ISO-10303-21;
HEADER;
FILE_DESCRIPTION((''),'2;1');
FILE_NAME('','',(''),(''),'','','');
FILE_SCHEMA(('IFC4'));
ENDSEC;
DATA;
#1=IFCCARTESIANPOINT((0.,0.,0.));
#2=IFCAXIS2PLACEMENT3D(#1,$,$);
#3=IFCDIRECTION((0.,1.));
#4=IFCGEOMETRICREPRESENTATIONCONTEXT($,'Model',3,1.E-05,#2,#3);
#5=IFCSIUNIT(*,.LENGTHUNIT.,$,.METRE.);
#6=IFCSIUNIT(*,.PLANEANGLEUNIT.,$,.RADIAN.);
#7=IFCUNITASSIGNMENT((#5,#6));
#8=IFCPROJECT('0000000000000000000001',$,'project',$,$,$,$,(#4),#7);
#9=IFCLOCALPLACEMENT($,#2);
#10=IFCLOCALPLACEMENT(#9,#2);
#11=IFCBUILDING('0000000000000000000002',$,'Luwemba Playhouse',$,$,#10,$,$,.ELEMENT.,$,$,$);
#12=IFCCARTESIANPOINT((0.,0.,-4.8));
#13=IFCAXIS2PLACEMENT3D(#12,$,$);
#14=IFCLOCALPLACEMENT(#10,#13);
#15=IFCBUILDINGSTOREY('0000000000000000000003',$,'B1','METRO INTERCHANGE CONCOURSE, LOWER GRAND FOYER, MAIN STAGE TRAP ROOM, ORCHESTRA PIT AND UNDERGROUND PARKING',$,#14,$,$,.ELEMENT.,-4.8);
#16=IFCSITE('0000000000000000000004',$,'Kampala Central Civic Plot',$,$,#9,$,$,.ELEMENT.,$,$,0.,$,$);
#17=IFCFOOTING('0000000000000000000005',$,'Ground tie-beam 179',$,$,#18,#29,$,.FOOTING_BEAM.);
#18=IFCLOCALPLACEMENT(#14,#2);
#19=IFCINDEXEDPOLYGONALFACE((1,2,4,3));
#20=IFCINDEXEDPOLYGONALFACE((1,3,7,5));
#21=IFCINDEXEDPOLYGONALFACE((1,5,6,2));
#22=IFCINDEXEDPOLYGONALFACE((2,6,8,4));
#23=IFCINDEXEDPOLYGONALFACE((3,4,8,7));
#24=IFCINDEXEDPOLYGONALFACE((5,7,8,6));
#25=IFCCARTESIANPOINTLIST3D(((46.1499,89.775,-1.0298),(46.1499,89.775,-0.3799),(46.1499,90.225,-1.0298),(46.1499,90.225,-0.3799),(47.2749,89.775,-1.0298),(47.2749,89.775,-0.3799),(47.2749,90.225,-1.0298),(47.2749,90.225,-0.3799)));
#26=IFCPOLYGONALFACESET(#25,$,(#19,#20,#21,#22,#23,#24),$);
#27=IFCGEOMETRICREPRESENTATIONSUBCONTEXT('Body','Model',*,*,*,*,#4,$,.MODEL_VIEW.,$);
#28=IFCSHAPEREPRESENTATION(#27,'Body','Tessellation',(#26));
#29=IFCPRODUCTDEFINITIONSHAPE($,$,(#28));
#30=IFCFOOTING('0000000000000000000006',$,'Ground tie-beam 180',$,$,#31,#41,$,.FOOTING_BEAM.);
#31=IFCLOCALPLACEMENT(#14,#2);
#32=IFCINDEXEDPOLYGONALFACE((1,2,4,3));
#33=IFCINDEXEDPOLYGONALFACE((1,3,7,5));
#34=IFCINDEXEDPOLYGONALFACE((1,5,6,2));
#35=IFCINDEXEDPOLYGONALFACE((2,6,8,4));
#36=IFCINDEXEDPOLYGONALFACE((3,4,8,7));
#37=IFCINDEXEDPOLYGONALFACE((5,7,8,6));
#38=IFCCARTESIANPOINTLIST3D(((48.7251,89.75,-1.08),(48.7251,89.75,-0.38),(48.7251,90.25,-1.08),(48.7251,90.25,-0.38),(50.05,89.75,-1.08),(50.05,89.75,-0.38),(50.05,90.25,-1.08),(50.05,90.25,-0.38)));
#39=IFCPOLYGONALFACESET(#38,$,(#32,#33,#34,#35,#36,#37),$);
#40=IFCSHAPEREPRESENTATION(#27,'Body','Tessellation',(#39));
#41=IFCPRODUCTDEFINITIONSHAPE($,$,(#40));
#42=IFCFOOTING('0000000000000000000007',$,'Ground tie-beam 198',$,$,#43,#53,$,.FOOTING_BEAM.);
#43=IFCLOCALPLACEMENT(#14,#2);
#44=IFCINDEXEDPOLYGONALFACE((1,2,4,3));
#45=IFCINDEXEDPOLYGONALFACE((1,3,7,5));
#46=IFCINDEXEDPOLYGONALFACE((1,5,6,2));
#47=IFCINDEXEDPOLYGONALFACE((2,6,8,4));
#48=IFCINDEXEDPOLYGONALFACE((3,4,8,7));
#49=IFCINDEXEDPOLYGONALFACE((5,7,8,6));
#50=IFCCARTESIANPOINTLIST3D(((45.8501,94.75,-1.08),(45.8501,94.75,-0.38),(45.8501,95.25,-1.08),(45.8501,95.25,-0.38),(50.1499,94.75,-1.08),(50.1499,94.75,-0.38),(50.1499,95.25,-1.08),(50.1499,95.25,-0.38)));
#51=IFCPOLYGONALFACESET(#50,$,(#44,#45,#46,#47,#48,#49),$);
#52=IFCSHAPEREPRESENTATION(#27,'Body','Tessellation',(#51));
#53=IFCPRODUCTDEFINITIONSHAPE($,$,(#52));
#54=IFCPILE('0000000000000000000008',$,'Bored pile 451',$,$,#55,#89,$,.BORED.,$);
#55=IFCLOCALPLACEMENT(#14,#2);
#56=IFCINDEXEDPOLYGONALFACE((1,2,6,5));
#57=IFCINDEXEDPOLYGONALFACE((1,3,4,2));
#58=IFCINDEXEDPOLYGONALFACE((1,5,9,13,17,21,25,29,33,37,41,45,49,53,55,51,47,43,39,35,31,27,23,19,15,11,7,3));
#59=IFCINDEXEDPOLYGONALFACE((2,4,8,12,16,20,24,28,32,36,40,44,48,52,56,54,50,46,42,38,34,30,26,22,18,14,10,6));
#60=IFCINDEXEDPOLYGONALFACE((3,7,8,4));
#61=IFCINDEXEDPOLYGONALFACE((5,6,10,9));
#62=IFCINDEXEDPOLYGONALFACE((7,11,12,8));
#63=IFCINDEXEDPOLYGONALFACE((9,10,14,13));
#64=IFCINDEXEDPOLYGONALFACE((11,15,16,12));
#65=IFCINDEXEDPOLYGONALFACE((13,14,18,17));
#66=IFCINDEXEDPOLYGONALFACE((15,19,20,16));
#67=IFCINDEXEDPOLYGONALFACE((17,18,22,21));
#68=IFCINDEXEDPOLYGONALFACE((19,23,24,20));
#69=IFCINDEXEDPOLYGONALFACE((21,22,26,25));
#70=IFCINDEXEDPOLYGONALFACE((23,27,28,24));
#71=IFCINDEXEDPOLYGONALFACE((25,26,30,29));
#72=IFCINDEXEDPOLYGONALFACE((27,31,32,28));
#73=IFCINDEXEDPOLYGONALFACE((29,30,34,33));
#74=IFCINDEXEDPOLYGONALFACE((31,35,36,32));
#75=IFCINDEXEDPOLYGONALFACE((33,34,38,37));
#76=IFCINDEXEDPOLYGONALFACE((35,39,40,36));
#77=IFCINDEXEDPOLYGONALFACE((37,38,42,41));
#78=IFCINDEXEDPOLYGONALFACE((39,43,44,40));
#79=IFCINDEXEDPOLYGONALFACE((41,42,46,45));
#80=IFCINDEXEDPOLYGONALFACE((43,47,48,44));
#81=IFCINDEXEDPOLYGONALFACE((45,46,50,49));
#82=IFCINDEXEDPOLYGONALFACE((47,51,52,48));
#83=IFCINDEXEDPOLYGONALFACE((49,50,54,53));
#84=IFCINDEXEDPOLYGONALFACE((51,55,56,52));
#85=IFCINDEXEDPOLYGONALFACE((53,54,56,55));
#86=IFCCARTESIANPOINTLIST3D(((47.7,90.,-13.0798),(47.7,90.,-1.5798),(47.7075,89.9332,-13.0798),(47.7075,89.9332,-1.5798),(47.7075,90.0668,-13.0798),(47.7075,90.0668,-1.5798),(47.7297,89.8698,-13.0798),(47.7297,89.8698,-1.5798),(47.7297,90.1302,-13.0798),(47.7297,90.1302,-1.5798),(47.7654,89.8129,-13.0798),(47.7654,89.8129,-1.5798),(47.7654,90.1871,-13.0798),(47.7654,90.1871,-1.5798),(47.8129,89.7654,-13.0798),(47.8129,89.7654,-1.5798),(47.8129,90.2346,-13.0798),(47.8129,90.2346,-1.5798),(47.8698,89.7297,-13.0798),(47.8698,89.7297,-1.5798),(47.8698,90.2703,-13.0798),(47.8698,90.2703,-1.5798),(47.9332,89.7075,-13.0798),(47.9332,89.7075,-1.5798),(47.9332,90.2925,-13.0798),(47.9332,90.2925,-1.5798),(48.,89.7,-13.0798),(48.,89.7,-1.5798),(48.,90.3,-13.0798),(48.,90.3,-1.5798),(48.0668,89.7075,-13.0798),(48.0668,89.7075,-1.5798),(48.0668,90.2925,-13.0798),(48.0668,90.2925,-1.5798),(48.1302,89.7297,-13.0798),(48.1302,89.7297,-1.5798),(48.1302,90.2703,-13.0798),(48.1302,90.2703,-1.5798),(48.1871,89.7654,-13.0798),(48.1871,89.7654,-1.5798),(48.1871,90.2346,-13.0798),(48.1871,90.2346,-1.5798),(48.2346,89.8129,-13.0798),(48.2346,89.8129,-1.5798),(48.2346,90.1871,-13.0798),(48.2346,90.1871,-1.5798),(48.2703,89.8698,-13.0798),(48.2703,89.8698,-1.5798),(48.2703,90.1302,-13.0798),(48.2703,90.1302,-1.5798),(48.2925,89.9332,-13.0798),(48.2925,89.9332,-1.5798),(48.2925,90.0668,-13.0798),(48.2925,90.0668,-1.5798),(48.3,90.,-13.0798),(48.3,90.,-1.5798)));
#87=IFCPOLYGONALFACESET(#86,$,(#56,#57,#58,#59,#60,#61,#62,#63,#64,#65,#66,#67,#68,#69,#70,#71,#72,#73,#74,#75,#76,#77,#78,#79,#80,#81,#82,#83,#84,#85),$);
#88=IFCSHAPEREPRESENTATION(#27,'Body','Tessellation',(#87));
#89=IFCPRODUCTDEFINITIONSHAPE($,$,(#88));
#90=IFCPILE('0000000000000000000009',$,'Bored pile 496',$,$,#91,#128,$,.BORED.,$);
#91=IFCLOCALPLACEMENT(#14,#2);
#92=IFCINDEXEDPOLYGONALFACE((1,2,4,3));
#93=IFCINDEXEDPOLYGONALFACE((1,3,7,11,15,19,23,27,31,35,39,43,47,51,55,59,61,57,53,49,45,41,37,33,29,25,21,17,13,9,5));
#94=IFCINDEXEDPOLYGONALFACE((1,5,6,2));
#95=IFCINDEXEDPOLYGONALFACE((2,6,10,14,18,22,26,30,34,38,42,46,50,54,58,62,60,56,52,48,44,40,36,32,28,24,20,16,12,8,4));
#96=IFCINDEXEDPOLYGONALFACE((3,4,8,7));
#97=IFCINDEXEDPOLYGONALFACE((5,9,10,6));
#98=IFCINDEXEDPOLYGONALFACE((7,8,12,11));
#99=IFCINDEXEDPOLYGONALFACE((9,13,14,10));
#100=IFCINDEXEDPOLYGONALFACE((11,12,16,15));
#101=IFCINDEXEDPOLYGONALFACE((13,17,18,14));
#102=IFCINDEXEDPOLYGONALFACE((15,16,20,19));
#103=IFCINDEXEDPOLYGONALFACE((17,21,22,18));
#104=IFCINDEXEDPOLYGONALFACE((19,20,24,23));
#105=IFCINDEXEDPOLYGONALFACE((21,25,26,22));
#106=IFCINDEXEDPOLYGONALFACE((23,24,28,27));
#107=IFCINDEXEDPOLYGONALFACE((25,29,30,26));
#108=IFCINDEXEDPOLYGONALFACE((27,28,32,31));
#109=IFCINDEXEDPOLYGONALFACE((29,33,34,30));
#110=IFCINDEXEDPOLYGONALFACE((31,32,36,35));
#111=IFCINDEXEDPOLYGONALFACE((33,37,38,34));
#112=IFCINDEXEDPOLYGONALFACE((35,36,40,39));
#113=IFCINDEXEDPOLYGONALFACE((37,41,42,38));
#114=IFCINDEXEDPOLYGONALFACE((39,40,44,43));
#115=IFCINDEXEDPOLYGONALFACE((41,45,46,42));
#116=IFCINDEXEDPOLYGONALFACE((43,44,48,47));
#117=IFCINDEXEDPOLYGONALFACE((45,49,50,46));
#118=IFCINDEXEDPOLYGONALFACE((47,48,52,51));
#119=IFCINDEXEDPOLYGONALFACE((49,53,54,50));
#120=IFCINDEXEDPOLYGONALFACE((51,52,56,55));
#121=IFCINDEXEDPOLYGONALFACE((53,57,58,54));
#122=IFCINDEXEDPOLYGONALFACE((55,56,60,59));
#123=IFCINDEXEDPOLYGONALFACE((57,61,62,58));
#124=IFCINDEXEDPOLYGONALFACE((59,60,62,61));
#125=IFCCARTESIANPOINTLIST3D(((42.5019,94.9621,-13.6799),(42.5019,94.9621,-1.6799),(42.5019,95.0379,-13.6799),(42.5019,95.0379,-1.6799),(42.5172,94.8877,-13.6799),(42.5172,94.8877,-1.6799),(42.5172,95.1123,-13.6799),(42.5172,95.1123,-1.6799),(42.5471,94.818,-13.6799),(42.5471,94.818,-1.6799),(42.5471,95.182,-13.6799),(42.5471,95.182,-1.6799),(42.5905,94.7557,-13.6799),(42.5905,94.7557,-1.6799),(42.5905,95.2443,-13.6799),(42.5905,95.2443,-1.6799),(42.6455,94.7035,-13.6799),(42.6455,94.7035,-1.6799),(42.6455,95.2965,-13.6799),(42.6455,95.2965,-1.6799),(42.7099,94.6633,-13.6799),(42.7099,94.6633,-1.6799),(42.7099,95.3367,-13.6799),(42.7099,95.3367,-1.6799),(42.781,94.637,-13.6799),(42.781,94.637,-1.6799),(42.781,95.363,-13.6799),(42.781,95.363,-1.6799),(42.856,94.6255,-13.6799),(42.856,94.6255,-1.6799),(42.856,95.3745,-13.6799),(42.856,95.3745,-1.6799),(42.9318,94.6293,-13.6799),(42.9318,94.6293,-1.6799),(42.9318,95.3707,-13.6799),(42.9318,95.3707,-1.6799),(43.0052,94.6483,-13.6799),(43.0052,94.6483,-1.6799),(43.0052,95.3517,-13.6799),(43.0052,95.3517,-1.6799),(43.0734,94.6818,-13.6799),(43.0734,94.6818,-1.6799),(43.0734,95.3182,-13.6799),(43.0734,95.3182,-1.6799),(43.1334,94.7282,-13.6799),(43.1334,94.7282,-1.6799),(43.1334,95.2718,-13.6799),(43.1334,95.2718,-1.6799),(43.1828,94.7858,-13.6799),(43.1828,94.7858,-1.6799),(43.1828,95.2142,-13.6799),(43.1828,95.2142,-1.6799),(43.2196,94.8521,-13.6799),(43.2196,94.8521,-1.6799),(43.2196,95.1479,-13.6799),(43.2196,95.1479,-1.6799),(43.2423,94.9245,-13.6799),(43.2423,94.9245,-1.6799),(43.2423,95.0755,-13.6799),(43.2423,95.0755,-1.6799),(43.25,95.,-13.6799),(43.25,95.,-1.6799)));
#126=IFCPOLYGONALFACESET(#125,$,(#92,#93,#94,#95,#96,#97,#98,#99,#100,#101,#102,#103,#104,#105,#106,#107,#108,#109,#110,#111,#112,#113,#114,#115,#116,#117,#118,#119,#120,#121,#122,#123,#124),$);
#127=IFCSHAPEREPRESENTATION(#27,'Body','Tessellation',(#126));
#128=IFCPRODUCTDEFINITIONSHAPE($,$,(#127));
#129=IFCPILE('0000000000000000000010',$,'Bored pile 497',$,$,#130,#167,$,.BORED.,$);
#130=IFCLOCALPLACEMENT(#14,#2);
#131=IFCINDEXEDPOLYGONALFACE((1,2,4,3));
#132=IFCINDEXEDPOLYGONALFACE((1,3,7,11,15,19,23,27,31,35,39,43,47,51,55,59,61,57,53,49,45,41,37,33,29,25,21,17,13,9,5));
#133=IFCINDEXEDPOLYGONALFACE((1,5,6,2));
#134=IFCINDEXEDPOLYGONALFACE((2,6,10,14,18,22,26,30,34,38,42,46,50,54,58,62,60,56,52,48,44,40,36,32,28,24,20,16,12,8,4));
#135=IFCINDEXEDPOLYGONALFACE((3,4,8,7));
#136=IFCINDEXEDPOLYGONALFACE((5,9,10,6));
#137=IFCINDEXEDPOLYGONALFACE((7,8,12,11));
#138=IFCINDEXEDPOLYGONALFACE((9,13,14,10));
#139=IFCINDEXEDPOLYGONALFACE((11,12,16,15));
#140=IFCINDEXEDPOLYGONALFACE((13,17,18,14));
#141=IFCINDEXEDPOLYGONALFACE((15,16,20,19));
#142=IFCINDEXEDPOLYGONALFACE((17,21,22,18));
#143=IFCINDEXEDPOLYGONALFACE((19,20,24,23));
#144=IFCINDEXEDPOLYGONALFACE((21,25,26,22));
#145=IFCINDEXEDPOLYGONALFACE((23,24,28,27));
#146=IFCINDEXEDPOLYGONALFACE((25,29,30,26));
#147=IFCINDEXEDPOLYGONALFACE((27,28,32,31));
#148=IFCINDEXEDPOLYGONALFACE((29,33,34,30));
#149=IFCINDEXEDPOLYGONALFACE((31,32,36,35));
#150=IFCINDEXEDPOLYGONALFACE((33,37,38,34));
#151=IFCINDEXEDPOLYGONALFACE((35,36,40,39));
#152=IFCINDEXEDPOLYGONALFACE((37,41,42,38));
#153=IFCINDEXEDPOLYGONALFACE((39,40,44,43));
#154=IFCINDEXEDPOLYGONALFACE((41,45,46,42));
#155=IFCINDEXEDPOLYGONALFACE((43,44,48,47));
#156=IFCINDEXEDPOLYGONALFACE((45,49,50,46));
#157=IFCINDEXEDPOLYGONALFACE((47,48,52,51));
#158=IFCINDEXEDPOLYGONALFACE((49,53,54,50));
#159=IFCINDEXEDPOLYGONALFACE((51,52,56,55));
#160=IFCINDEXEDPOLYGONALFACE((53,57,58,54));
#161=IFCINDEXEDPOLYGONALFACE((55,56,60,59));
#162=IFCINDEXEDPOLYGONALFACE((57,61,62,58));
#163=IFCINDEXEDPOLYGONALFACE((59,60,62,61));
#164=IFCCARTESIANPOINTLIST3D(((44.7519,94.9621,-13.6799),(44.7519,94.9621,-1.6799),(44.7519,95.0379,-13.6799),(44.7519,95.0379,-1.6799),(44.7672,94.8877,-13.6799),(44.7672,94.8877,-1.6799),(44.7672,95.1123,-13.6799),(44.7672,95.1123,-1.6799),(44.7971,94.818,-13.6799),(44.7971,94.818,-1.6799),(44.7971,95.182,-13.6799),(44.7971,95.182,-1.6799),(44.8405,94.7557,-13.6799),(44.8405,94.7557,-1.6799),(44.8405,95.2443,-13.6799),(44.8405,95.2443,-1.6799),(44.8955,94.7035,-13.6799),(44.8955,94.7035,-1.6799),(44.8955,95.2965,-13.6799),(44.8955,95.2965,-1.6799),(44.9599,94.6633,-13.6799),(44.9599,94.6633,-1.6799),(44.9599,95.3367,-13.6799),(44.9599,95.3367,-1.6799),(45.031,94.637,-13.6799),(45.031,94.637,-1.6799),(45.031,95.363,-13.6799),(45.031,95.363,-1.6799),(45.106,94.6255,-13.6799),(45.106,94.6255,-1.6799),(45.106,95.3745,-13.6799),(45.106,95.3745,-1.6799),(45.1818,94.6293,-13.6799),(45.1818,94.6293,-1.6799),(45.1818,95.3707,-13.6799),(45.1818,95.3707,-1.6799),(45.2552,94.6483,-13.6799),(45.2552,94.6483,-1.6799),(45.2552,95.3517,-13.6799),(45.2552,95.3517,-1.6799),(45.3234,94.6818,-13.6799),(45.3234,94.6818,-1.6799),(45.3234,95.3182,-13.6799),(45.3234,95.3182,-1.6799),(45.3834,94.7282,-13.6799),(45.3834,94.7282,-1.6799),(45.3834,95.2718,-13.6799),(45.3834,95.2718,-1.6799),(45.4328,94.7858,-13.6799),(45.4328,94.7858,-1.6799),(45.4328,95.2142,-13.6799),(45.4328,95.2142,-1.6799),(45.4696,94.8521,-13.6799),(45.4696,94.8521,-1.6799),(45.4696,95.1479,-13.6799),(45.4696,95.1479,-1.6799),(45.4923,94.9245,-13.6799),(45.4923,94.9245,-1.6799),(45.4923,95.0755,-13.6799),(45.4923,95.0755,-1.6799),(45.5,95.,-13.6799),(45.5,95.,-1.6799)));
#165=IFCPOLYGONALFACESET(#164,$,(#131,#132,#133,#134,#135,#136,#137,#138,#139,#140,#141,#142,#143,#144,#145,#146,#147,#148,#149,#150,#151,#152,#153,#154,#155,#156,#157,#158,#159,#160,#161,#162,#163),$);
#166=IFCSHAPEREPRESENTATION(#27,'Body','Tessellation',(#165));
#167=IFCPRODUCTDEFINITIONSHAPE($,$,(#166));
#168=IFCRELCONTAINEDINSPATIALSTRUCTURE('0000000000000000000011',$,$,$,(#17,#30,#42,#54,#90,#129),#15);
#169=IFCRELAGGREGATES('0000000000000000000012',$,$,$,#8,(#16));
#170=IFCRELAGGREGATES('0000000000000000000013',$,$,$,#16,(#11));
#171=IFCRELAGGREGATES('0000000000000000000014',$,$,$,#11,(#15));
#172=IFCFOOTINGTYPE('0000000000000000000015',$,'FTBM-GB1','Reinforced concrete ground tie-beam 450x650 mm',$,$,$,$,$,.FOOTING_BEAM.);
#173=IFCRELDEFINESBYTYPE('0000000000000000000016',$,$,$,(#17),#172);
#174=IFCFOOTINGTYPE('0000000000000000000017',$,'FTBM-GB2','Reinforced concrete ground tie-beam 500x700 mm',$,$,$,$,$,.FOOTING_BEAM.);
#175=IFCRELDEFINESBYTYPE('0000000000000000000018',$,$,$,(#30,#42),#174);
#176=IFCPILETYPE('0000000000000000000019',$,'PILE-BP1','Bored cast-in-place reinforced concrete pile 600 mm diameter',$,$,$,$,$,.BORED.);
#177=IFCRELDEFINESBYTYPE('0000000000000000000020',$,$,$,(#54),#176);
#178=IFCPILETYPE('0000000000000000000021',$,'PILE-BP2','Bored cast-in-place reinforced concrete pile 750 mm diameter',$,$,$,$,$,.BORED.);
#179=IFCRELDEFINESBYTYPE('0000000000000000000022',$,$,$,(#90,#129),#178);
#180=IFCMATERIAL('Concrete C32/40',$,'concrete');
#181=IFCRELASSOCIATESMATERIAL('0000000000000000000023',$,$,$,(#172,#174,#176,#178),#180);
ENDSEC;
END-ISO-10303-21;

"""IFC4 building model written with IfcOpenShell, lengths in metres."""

from ifc_helpers import new_model, si_unit, direction, frame, origin, origin_2d, place, context, subcontext, project, spatial, rectangle, circle, extrude, material, material_profile, profile_set, type_object, element, save


model = new_model("IFC4")

# Units and contexts
model_context = context("Model", 3, precision=1e-05, world=origin(), true_north=direction((0.0, 1.0)))
body_context = subcontext(model_context, "Body", "Model", "MODEL_VIEW")
ifc_project = project(units=[si_unit("LENGTHUNIT", "METRE"), si_unit("PLANEANGLEUNIT", "RADIAN")], contexts=[model_context])

# Site, building, storey
site_placement = place(None, origin())
site = spatial("IfcSite", under=ifc_project, at=site_placement, Name="Kampala Central Civic Plot", CompositionType="ELEMENT", RefElevation=0.0)
building_placement = place(site_placement, origin())
building = spatial("IfcBuilding", under=site, at=building_placement, Name="Luwemba Playhouse", CompositionType="ELEMENT")
storey_placement = place(building_placement, frame((0.0, 0.0, -4.8)))
storey = spatial("IfcBuildingStorey", under=building, at=storey_placement, Name="B1", Description="METRO INTERCHANGE CONCOURSE, LOWER GRAND FOYER, MAIN STAGE TRAP ROOM, ORCHESTRA PIT AND UNDERGROUND PARKING", CompositionType="ELEMENT", Elevation=-4.8)

# Footings
ifc_material_1 = material(Name="Concrete C32/40", Category="concrete")
ifc_material_profile_1 = material_profile(ifc_material_1, rectangle(XDim=0.45, YDim=0.6499, at=origin_2d()))
ifc_profile_set_1 = profile_set([ifc_material_profile_1], Name="Concrete C32/40")
footing_type_1 = type_object("IfcFootingType", Name="FTBM-GB1", Description="Reinforced concrete ground tie-beam 450x650 mm", PredefinedType="FOOTING_BEAM", material=ifc_profile_set_1)
footing_1_placement = place(storey_placement, frame((46.1499, 90.0, -0.7048), z_axis=(1.0, 0.0, 0.0), x_axis=(0.0, 1.0, 0.0)))
element("IfcFooting", 1, at=footing_1_placement, inside=storey, type_object=footing_type_1, Name="Ground tie-beam 179", PredefinedType="FOOTING_BEAM", context=body_context, shape_type="SweptSolid", body=[
    extrude(rectangle(XDim=0.45, YDim=0.6499, at=origin_2d()), origin(), (0.0, 0.0, 1.0), 1.125),
])
ifc_material_profile_2 = material_profile(ifc_material_1, rectangle(XDim=0.5, YDim=0.7, at=origin_2d()))
ifc_profile_set_2 = profile_set([ifc_material_profile_2], Name="Concrete C32/40")
footing_type_2 = type_object("IfcFootingType", Name="FTBM-GB2", Description="Reinforced concrete ground tie-beam 500x700 mm", PredefinedType="FOOTING_BEAM", material=ifc_profile_set_2)
footing_2_placement = place(storey_placement, frame((48.7251, 90.0, -0.73), z_axis=(1.0, 0.0, 0.0), x_axis=(0.0, 1.0, 0.0)))
element("IfcFooting", 2, at=footing_2_placement, inside=storey, type_object=footing_type_2, Name="Ground tie-beam 180", PredefinedType="FOOTING_BEAM", context=body_context, shape_type="SweptSolid", body=[
    extrude(rectangle(XDim=0.5, YDim=0.7, at=origin_2d()), origin(), (0.0, 0.0, 1.0), 1.325),
])
footing_3_placement = place(storey_placement, frame((45.8501, 95.0, -0.73), z_axis=(1.0, 0.0, 0.0), x_axis=(0.0, 1.0, 0.0)))
element("IfcFooting", 3, at=footing_3_placement, inside=storey, type_object=footing_type_2, Name="Ground tie-beam 198", PredefinedType="FOOTING_BEAM", context=body_context, shape_type="SweptSolid", body=[
    extrude(rectangle(XDim=0.5, YDim=0.7, at=origin_2d()), origin(), (0.0, 0.0, 1.0), 4.2998),
])

# Piles
ifc_material_profile_3 = material_profile(ifc_material_1, circle(Radius=0.3, at=origin_2d()))
ifc_profile_set_3 = profile_set([ifc_material_profile_3], Name="Concrete C32/40")
pile_type_1 = type_object("IfcPileType", Name="PILE-BP1", Description="Bored cast-in-place reinforced concrete pile 600 mm diameter", PredefinedType="BORED", material=ifc_profile_set_3)
pile_placement = place(storey_placement, frame((48.0, 90.0, -1.5798), z_axis=(0.0, 0.0, -1.0), x_axis=(1.0, 0.0, 0.0)))
element("IfcPile", 4, at=pile_placement, inside=storey, type_object=pile_type_1, Name="Bored pile 451", PredefinedType="BORED", context=body_context, shape_type="SweptSolid", body=[
    extrude(circle(Radius=0.3, at=origin_2d()), origin(), (0.0, 0.0, 1.0), 11.5),
])
ifc_material_profile_4 = material_profile(ifc_material_1, circle(Radius=0.375, at=origin_2d()))
ifc_profile_set_4 = profile_set([ifc_material_profile_4], Name="Concrete C32/40")
pile_type_2 = type_object("IfcPileType", Name="PILE-BP2", Description="Bored cast-in-place reinforced concrete pile 750 mm diameter", PredefinedType="BORED", material=ifc_profile_set_4)
for number, where, z_axis, x_axis, name in (
    (5, (42.875, 95.0, -1.6799), (0.0, 0.0, -1.0), (1.0, 0.0, 0.0), "Bored pile 496"),
    (6, (45.125, 95.0, -1.6799), (0.0, 0.0, -1.0), (1.0, 0.0, 0.0), "Bored pile 497"),
):
    element("IfcPile", number, at=place(storey_placement, frame(where, z_axis=z_axis, x_axis=x_axis)), inside=storey, type_object=pile_type_2, Name=name, PredefinedType="BORED", context=body_context, shape_type="SweptSolid", body=[
        extrude(circle(Radius=0.375, at=origin_2d()), origin(), (0.0, 0.0, 1.0), 12.0),
    ])

save(model, "model.ifc")
